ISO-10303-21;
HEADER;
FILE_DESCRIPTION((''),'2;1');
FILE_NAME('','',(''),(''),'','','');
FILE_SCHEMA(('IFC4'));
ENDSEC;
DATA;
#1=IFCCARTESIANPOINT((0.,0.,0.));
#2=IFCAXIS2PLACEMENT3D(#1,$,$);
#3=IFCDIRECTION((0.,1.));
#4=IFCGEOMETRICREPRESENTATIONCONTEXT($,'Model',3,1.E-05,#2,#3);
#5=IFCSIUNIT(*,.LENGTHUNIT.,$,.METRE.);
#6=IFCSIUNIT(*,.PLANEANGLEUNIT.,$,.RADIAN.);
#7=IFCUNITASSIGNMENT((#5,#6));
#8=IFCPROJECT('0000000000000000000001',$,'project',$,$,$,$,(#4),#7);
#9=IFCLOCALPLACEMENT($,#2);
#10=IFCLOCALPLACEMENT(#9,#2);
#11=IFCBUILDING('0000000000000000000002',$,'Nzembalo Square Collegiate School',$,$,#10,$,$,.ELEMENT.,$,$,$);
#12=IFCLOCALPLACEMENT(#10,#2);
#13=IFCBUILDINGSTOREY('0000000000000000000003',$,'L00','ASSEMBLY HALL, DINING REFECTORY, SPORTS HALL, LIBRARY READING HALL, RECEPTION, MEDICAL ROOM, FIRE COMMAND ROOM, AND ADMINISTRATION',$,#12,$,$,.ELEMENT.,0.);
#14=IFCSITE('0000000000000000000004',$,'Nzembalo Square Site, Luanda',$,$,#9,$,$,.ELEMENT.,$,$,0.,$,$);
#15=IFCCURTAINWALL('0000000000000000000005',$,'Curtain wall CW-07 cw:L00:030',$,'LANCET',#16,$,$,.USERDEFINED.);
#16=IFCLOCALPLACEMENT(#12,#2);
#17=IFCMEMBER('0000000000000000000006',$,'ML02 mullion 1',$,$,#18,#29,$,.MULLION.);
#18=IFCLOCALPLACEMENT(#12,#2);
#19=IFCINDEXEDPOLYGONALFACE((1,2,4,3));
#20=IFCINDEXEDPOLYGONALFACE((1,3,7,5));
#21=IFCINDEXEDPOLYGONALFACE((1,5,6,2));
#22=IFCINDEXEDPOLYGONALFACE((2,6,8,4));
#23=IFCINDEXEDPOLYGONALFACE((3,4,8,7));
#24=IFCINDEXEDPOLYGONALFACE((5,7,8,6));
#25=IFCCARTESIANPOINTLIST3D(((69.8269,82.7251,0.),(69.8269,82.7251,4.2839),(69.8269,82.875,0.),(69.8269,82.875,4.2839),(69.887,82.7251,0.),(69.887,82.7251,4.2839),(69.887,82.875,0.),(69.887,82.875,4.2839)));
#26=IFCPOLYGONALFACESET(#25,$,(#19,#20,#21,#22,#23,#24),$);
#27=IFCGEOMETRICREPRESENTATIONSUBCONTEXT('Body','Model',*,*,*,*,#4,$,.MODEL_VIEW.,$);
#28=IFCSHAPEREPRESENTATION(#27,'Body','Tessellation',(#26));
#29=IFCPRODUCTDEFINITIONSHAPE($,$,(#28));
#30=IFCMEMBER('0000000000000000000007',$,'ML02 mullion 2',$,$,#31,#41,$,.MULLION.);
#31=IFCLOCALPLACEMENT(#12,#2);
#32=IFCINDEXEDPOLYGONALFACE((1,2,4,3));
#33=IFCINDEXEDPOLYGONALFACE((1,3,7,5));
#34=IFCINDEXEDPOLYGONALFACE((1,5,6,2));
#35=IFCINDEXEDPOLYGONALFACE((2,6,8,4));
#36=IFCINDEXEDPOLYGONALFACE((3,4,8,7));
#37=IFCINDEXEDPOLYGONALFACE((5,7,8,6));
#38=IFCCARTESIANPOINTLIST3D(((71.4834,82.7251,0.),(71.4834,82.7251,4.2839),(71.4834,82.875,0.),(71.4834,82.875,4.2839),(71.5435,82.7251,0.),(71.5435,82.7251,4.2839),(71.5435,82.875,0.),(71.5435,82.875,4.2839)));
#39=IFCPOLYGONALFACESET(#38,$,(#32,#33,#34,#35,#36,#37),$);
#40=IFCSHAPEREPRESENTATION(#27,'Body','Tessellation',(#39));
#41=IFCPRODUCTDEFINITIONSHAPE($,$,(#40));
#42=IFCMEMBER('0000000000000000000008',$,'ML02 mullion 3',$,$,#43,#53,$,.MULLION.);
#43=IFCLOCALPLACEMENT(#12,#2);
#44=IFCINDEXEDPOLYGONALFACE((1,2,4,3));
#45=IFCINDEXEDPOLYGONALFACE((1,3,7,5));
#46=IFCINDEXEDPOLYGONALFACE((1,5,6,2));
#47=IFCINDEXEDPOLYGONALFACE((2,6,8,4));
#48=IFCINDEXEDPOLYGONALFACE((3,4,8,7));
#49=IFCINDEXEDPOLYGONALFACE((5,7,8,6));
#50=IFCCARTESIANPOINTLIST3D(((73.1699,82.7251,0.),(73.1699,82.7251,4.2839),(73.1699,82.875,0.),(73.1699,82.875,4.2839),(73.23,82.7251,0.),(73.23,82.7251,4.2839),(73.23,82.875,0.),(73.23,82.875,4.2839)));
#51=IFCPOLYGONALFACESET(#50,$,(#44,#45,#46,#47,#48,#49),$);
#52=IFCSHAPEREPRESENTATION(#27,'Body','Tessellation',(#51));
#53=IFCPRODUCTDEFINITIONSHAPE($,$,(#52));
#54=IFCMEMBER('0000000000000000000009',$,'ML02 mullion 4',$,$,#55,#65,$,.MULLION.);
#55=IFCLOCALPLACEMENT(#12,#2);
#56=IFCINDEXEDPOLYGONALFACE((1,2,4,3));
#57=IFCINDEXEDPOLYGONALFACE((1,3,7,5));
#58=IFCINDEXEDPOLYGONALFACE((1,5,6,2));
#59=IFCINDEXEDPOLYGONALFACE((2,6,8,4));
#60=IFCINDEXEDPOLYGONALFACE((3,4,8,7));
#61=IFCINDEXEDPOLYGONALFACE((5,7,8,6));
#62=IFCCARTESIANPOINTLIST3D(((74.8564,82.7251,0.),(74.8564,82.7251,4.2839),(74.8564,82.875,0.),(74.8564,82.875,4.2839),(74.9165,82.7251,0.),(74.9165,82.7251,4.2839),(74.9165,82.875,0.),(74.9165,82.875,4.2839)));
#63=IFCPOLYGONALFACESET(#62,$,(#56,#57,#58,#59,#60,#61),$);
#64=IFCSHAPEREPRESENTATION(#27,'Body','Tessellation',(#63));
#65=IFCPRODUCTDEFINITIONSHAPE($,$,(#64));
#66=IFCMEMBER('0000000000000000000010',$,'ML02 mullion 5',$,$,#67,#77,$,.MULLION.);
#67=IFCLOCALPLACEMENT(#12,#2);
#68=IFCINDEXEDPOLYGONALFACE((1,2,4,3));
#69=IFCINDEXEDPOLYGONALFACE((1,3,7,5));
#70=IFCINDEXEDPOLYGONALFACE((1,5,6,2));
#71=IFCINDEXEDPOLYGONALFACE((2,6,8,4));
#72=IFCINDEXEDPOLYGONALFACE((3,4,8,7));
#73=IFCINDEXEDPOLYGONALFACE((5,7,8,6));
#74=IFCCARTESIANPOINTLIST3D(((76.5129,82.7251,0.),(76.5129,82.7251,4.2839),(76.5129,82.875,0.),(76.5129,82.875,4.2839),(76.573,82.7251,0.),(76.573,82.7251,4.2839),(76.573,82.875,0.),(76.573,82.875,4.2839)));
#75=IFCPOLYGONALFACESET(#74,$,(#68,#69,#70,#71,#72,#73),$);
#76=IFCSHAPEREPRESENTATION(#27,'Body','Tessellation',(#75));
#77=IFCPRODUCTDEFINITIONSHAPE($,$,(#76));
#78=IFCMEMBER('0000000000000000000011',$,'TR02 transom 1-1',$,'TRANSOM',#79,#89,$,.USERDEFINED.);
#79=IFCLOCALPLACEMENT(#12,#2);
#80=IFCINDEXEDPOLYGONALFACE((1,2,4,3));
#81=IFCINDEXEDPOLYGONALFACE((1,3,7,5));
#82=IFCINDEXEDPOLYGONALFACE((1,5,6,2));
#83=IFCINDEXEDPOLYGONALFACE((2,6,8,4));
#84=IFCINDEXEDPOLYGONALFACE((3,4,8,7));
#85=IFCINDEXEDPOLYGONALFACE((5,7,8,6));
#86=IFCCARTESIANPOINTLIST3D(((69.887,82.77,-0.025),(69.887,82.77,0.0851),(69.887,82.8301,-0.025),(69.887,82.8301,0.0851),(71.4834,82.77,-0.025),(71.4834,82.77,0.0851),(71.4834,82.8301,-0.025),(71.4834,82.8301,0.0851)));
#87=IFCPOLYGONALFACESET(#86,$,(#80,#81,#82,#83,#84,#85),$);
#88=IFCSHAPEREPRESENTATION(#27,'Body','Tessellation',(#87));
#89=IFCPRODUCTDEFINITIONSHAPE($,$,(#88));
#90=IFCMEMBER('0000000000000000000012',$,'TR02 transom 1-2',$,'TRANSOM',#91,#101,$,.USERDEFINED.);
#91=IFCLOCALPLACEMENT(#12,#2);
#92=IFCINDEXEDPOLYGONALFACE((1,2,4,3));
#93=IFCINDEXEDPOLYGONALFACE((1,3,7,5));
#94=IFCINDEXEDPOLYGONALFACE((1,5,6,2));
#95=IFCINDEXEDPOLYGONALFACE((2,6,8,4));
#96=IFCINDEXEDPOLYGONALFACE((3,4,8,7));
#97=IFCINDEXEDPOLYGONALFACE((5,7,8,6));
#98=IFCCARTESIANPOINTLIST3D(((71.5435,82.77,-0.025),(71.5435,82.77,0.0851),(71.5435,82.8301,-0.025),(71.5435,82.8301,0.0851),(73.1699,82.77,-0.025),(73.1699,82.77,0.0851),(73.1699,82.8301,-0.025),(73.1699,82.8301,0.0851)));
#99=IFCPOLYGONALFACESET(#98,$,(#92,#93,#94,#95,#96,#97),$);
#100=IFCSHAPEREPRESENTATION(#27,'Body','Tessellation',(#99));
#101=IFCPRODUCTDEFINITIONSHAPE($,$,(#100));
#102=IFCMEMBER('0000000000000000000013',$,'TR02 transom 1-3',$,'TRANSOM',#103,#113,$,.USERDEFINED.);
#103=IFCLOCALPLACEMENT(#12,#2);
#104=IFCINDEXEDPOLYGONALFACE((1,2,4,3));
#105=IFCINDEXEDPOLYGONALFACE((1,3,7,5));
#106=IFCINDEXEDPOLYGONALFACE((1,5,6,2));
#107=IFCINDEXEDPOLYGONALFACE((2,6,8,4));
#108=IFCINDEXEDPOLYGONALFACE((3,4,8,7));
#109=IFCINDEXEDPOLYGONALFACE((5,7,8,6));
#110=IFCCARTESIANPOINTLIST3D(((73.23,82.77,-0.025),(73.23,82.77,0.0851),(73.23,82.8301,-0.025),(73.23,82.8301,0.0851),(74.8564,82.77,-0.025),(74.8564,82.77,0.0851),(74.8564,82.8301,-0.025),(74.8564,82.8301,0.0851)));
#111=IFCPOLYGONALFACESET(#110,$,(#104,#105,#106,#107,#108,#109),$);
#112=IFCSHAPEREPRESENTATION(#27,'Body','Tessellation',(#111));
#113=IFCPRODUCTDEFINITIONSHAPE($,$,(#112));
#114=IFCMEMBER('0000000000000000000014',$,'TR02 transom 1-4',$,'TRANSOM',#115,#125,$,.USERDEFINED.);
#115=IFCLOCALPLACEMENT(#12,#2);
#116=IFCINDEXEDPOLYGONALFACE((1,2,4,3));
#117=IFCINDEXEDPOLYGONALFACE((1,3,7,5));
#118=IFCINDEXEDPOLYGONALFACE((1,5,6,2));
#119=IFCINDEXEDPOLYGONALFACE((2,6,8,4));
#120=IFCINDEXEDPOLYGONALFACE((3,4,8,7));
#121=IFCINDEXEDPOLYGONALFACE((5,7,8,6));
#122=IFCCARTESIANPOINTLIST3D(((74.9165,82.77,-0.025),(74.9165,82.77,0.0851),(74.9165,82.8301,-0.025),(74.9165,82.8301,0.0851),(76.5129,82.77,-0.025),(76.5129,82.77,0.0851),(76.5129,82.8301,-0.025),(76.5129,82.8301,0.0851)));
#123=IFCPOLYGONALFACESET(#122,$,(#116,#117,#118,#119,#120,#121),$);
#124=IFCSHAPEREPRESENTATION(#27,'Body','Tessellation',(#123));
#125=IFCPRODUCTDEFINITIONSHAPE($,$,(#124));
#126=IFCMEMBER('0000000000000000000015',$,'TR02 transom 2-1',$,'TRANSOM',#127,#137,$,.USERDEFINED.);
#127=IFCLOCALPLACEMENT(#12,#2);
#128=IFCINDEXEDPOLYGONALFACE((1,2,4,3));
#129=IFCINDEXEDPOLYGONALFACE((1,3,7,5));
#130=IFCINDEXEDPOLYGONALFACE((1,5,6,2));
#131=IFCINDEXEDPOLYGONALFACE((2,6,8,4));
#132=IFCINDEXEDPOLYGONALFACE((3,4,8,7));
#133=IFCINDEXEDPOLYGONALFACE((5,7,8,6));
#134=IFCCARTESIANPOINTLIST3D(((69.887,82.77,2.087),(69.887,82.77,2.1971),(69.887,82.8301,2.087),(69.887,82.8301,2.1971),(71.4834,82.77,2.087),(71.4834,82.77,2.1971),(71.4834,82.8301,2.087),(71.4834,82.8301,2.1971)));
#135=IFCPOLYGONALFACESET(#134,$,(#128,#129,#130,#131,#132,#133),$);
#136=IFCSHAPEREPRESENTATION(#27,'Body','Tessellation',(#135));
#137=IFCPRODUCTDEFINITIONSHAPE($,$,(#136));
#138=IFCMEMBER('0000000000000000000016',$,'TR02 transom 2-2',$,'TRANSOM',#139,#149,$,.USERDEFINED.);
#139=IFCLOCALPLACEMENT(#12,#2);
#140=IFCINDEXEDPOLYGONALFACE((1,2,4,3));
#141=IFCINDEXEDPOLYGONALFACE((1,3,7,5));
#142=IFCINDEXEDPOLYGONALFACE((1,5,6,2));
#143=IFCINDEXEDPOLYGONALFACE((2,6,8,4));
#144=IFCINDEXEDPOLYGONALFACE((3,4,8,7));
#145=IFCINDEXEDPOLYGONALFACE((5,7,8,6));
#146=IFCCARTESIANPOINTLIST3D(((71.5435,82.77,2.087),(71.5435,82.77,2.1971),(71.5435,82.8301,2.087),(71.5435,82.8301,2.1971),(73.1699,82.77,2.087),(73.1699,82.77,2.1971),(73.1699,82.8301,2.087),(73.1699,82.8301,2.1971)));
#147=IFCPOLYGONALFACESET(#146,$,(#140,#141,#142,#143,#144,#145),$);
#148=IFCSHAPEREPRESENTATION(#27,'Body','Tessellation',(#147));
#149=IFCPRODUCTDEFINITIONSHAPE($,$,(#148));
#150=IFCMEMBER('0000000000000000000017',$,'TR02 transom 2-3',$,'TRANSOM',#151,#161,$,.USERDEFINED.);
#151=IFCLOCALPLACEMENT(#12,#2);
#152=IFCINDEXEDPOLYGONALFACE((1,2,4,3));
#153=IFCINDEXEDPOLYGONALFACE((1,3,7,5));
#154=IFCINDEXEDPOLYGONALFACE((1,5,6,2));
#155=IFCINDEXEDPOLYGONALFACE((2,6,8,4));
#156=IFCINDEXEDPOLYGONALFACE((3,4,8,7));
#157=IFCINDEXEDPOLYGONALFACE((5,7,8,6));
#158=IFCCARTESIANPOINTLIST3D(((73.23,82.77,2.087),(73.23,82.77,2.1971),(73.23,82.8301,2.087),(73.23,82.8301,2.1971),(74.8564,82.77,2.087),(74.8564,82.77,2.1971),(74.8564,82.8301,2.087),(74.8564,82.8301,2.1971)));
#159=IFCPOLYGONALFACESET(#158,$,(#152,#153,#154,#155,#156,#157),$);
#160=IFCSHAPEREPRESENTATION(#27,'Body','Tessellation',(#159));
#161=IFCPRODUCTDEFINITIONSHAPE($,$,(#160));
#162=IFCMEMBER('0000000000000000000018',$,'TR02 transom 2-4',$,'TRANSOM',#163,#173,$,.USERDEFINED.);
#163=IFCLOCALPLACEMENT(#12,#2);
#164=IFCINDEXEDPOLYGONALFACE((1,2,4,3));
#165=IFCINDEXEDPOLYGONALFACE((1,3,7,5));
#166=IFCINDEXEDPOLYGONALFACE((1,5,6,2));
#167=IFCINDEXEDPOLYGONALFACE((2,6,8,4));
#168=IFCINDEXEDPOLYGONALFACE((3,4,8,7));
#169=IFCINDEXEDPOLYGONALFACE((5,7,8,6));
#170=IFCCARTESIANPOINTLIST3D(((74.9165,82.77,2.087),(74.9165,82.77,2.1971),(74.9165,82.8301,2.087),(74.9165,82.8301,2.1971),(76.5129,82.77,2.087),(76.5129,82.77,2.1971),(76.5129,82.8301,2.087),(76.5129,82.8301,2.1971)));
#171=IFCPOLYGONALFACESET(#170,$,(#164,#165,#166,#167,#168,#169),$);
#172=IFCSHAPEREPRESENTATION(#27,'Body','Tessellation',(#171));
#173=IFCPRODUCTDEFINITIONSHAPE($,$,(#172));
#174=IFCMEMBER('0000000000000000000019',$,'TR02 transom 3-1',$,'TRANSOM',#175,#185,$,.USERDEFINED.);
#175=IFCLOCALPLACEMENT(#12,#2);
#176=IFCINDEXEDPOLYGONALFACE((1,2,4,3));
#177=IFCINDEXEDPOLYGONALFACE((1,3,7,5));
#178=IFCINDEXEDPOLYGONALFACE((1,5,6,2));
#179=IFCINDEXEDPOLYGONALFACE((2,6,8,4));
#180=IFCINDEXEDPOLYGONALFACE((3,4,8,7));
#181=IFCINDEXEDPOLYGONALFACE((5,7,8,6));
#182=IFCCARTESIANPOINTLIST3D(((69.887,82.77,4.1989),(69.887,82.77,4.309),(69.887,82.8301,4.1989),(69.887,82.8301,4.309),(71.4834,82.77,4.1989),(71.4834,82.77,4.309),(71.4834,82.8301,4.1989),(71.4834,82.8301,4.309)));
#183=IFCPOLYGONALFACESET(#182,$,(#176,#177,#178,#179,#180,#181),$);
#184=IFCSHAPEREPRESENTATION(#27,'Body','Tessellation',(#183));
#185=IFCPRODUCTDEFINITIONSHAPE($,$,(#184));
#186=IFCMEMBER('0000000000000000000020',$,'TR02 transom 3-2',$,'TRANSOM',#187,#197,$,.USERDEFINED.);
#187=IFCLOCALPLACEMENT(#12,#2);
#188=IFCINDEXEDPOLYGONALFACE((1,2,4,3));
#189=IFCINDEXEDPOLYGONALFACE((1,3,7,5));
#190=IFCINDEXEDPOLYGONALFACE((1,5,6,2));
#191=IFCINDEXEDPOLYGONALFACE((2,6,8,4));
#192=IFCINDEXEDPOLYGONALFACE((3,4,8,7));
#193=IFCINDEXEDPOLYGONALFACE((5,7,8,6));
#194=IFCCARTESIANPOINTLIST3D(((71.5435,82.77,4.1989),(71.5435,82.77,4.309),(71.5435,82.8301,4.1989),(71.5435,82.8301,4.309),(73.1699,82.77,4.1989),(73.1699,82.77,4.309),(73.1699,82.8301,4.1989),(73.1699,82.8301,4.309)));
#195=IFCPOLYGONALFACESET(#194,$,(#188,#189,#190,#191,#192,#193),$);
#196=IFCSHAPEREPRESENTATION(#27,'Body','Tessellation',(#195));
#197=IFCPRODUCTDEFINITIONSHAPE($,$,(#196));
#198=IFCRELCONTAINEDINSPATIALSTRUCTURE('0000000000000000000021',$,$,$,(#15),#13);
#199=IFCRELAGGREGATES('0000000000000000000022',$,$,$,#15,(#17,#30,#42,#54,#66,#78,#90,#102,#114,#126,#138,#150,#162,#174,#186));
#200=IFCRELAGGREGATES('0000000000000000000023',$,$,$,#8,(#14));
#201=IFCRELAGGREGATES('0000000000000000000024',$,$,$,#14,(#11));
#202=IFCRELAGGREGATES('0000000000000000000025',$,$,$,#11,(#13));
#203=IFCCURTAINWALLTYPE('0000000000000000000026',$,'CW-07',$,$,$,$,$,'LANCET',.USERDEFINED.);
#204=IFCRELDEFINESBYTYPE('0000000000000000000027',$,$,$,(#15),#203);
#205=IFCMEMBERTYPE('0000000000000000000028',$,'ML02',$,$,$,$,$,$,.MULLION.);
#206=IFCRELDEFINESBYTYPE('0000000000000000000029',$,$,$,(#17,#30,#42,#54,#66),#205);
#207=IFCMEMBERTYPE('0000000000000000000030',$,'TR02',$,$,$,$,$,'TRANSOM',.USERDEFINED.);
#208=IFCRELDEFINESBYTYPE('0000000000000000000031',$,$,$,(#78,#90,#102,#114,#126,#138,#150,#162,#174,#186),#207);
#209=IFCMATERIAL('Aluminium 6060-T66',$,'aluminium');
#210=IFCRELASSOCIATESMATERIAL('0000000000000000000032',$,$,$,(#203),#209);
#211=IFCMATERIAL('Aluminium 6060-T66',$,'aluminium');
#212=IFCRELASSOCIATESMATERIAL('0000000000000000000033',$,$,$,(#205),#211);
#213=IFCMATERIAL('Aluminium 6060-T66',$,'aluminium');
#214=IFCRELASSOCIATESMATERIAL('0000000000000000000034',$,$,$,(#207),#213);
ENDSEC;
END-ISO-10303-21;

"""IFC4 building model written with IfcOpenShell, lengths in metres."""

from ifc_helpers import new_model, si_unit, direction, frame, origin, origin_2d, place, context, subcontext, project, spatial, rectangle, extrude, material, material_profile, profile_set, type_object, element, aggregate, save


model = new_model("IFC4")

# Units and contexts
model_context = context("Model", 3, precision=1e-05, world=origin(), true_north=direction((0.0, 1.0)))
body_context = subcontext(model_context, "Body", "Model", "MODEL_VIEW")
ifc_project = project(units=[si_unit("LENGTHUNIT", "METRE"), si_unit("PLANEANGLEUNIT", "RADIAN")], contexts=[model_context])

# Site, building, storey
site_placement = place(None, origin())
site = spatial("IfcSite", under=ifc_project, at=site_placement, Name="Nzembalo Square Site, Luanda", CompositionType="ELEMENT", RefElevation=0.0)
building_placement = place(site_placement, origin())
building = spatial("IfcBuilding", under=site, at=building_placement, Name="Nzembalo Square Collegiate School", CompositionType="ELEMENT")
storey_placement = place(building_placement, origin())
storey = spatial("IfcBuildingStorey", under=building, at=storey_placement, Name="L00", Description="ASSEMBLY HALL, DINING REFECTORY, SPORTS HALL, LIBRARY READING HALL, RECEPTION, MEDICAL ROOM, FIRE COMMAND ROOM, AND ADMINISTRATION", CompositionType="ELEMENT", Elevation=0.0)

# Curtain wall, members
ifc_material_1 = material(Name="Aluminium 6060-T66", Category="aluminium")
curtain_wall_type = type_object("IfcCurtainWallType", Name="CW-07", ElementType="LANCET", PredefinedType="USERDEFINED", material=ifc_material_1)
curtain_wall_placement = place(storey_placement, origin())
curtain_wall = element("IfcCurtainWall", 1, at=curtain_wall_placement, inside=storey, type_object=curtain_wall_type, Name="Curtain wall CW-07 cw:L00:030", ObjectType="LANCET", PredefinedType="USERDEFINED")
ifc_material_2 = material(Name="Aluminium 6060-T66", Category="aluminium")
ifc_material_profile_1 = material_profile(ifc_material_2, rectangle(XDim=0.0601, YDim=0.1499, at=origin_2d()), Name="ALU M60x150")
ifc_profile_set_1 = profile_set([ifc_material_profile_1], Name="Aluminium 6060-T66")
member_type_1 = type_object("IfcMemberType", Name="ML02", PredefinedType="MULLION", material=ifc_profile_set_1)
member_1_placement = place(storey_placement, frame((69.8569, 82.8, 0.0), z_axis=(0.0, 0.0, 1.0), x_axis=(1.0, 0.0, 0.0)))
member_1 = element("IfcMember", 2, at=member_1_placement, type_object=member_type_1, Name="ML02 mullion 1", PredefinedType="MULLION", context=body_context, shape_type="SweptSolid", body=[
    extrude(rectangle(XDim=0.0601, YDim=0.1499, at=origin_2d()), origin(), (0.0, 0.0, 1.0), 4.2839),
])
member_2_placement = place(storey_placement, frame((71.5134, 82.8, 0.0), z_axis=(0.0, 0.0, 1.0), x_axis=(1.0, 0.0, 0.0)))
member_2 = element("IfcMember", 3, at=member_2_placement, type_object=member_type_1, Name="ML02 mullion 2", PredefinedType="MULLION", context=body_context, shape_type="SweptSolid", body=[
    extrude(rectangle(XDim=0.0601, YDim=0.1499, at=origin_2d()), origin(), (0.0, 0.0, 1.0), 4.2839),
])
member_3_placement = place(storey_placement, frame((73.2, 82.8, 0.0), z_axis=(0.0, 0.0, 1.0), x_axis=(1.0, 0.0, 0.0)))
member_3 = element("IfcMember", 4, at=member_3_placement, type_object=member_type_1, Name="ML02 mullion 3", PredefinedType="MULLION", context=body_context, shape_type="SweptSolid", body=[
    extrude(rectangle(XDim=0.0601, YDim=0.1499, at=origin_2d()), origin(), (0.0, 0.0, 1.0), 4.2839),
])
member_4_placement = place(storey_placement, frame((74.8865, 82.8, 0.0), z_axis=(0.0, 0.0, 1.0), x_axis=(1.0, 0.0, 0.0)))
member_4 = element("IfcMember", 5, at=member_4_placement, type_object=member_type_1, Name="ML02 mullion 4", PredefinedType="MULLION", context=body_context, shape_type="SweptSolid", body=[
    extrude(rectangle(XDim=0.0601, YDim=0.1499, at=origin_2d()), origin(), (0.0, 0.0, 1.0), 4.2839),
])
member_5_placement = place(storey_placement, frame((76.543, 82.8, 0.0), z_axis=(0.0, 0.0, 1.0), x_axis=(1.0, 0.0, 0.0)))
member_5 = element("IfcMember", 6, at=member_5_placement, type_object=member_type_1, Name="ML02 mullion 5", PredefinedType="MULLION", context=body_context, shape_type="SweptSolid", body=[
    extrude(rectangle(XDim=0.0601, YDim=0.1499, at=origin_2d()), origin(), (0.0, 0.0, 1.0), 4.2839),
])
ifc_material_3 = material(Name="Aluminium 6060-T66", Category="aluminium")
ifc_material_profile_2 = material_profile(ifc_material_3, rectangle(XDim=0.0601, YDim=0.1101, at=origin_2d()), Name="ALU T60x110")
ifc_profile_set_2 = profile_set([ifc_material_profile_2], Name="Aluminium 6060-T66")
member_type_2 = type_object("IfcMemberType", Name="TR02", ElementType="TRANSOM", PredefinedType="USERDEFINED", material=ifc_profile_set_2)
member_6_placement = place(storey_placement, frame((69.887, 82.8, 0.03), z_axis=(1.0, 0.0, 0.0), x_axis=(0.0, 1.0, 0.0)))
member_6 = element("IfcMember", 7, at=member_6_placement, type_object=member_type_2, Name="TR02 transom 1-1", ObjectType="TRANSOM", PredefinedType="USERDEFINED", context=body_context, shape_type="SweptSolid", body=[
    extrude(rectangle(XDim=0.0601, YDim=0.1101, at=origin_2d()), origin(), (0.0, 0.0, 1.0), 1.5964),
])
member_7_placement = place(storey_placement, frame((71.5435, 82.8, 0.03), z_axis=(1.0, 0.0, 0.0), x_axis=(0.0, 1.0, 0.0)))
member_7 = element("IfcMember", 8, at=member_7_placement, type_object=member_type_2, Name="TR02 transom 1-2", ObjectType="TRANSOM", PredefinedType="USERDEFINED", context=body_context, shape_type="SweptSolid", body=[
    extrude(rectangle(XDim=0.0601, YDim=0.1101, at=origin_2d()), origin(), (0.0, 0.0, 1.0), 1.6265),
])
member_8_placement = place(storey_placement, frame((73.23, 82.8, 0.03), z_axis=(1.0, 0.0, 0.0), x_axis=(0.0, 1.0, 0.0)))
member_8 = element("IfcMember", 9, at=member_8_placement, type_object=member_type_2, Name="TR02 transom 1-3", ObjectType="TRANSOM", PredefinedType="USERDEFINED", context=body_context, shape_type="SweptSolid", body=[
    extrude(rectangle(XDim=0.0601, YDim=0.1101, at=origin_2d()), origin(), (0.0, 0.0, 1.0), 1.6265),
])
member_9_placement = place(storey_placement, frame((74.9165, 82.8, 0.03), z_axis=(1.0, 0.0, 0.0), x_axis=(0.0, 1.0, 0.0)))
member_9 = element("IfcMember", 10, at=member_9_placement, type_object=member_type_2, Name="TR02 transom 1-4", ObjectType="TRANSOM", PredefinedType="USERDEFINED", context=body_context, shape_type="SweptSolid", body=[
    extrude(rectangle(XDim=0.0601, YDim=0.1101, at=origin_2d()), origin(), (0.0, 0.0, 1.0), 1.5964),
])
member_10_placement = place(storey_placement, frame((69.887, 82.8, 2.1421), z_axis=(1.0, 0.0, 0.0), x_axis=(0.0, 1.0, 0.0)))
member_10 = element("IfcMember", 11, at=member_10_placement, type_object=member_type_2, Name="TR02 transom 2-1", ObjectType="TRANSOM", PredefinedType="USERDEFINED", context=body_context, shape_type="SweptSolid", body=[
    extrude(rectangle(XDim=0.0601, YDim=0.1101, at=origin_2d()), origin(), (0.0, 0.0, 1.0), 1.5964),
])
member_11_placement = place(storey_placement, frame((71.5435, 82.8, 2.1421), z_axis=(1.0, 0.0, 0.0), x_axis=(0.0, 1.0, 0.0)))
member_11 = element("IfcMember", 12, at=member_11_placement, type_object=member_type_2, Name="TR02 transom 2-2", ObjectType="TRANSOM", PredefinedType="USERDEFINED", context=body_context, shape_type="SweptSolid", body=[
    extrude(rectangle(XDim=0.0601, YDim=0.1101, at=origin_2d()), origin(), (0.0, 0.0, 1.0), 1.6265),
])
member_12_placement = place(storey_placement, frame((73.23, 82.8, 2.1421), z_axis=(1.0, 0.0, 0.0), x_axis=(0.0, 1.0, 0.0)))
member_12 = element("IfcMember", 13, at=member_12_placement, type_object=member_type_2, Name="TR02 transom 2-3", ObjectType="TRANSOM", PredefinedType="USERDEFINED", context=body_context, shape_type="SweptSolid", body=[
    extrude(rectangle(XDim=0.0601, YDim=0.1101, at=origin_2d()), origin(), (0.0, 0.0, 1.0), 1.6265),
])
member_13_placement = place(storey_placement, frame((74.9165, 82.8, 2.1421), z_axis=(1.0, 0.0, 0.0), x_axis=(0.0, 1.0, 0.0)))
member_13 = element("IfcMember", 14, at=member_13_placement, type_object=member_type_2, Name="TR02 transom 2-4", ObjectType="TRANSOM", PredefinedType="USERDEFINED", context=body_context, shape_type="SweptSolid", body=[
    extrude(rectangle(XDim=0.0601, YDim=0.1101, at=origin_2d()), origin(), (0.0, 0.0, 1.0), 1.5964),
])
member_14_placement = place(storey_placement, frame((69.887, 82.8, 4.2539), z_axis=(1.0, 0.0, 0.0), x_axis=(0.0, 1.0, 0.0)))
member_14 = element("IfcMember", 15, at=member_14_placement, type_object=member_type_2, Name="TR02 transom 3-1", ObjectType="TRANSOM", PredefinedType="USERDEFINED", context=body_context, shape_type="SweptSolid", body=[
    extrude(rectangle(XDim=0.0601, YDim=0.1101, at=origin_2d()), origin(), (0.0, 0.0, 1.0), 1.5964),
])
member_15_placement = place(storey_placement, frame((71.5435, 82.8, 4.2539), z_axis=(1.0, 0.0, 0.0), x_axis=(0.0, 1.0, 0.0)))
member_15 = element("IfcMember", 16, at=member_15_placement, type_object=member_type_2, Name="TR02 transom 3-2", ObjectType="TRANSOM", PredefinedType="USERDEFINED", context=body_context, shape_type="SweptSolid", body=[
    extrude(rectangle(XDim=0.0601, YDim=0.1101, at=origin_2d()), origin(), (0.0, 0.0, 1.0), 1.6265),
])
aggregate(curtain_wall, [member_1, member_2, member_3, member_4, member_5, member_6, member_7, member_8, member_9, member_10, member_11, member_12, member_13, member_14, member_15])

save(model, "model.ifc")
